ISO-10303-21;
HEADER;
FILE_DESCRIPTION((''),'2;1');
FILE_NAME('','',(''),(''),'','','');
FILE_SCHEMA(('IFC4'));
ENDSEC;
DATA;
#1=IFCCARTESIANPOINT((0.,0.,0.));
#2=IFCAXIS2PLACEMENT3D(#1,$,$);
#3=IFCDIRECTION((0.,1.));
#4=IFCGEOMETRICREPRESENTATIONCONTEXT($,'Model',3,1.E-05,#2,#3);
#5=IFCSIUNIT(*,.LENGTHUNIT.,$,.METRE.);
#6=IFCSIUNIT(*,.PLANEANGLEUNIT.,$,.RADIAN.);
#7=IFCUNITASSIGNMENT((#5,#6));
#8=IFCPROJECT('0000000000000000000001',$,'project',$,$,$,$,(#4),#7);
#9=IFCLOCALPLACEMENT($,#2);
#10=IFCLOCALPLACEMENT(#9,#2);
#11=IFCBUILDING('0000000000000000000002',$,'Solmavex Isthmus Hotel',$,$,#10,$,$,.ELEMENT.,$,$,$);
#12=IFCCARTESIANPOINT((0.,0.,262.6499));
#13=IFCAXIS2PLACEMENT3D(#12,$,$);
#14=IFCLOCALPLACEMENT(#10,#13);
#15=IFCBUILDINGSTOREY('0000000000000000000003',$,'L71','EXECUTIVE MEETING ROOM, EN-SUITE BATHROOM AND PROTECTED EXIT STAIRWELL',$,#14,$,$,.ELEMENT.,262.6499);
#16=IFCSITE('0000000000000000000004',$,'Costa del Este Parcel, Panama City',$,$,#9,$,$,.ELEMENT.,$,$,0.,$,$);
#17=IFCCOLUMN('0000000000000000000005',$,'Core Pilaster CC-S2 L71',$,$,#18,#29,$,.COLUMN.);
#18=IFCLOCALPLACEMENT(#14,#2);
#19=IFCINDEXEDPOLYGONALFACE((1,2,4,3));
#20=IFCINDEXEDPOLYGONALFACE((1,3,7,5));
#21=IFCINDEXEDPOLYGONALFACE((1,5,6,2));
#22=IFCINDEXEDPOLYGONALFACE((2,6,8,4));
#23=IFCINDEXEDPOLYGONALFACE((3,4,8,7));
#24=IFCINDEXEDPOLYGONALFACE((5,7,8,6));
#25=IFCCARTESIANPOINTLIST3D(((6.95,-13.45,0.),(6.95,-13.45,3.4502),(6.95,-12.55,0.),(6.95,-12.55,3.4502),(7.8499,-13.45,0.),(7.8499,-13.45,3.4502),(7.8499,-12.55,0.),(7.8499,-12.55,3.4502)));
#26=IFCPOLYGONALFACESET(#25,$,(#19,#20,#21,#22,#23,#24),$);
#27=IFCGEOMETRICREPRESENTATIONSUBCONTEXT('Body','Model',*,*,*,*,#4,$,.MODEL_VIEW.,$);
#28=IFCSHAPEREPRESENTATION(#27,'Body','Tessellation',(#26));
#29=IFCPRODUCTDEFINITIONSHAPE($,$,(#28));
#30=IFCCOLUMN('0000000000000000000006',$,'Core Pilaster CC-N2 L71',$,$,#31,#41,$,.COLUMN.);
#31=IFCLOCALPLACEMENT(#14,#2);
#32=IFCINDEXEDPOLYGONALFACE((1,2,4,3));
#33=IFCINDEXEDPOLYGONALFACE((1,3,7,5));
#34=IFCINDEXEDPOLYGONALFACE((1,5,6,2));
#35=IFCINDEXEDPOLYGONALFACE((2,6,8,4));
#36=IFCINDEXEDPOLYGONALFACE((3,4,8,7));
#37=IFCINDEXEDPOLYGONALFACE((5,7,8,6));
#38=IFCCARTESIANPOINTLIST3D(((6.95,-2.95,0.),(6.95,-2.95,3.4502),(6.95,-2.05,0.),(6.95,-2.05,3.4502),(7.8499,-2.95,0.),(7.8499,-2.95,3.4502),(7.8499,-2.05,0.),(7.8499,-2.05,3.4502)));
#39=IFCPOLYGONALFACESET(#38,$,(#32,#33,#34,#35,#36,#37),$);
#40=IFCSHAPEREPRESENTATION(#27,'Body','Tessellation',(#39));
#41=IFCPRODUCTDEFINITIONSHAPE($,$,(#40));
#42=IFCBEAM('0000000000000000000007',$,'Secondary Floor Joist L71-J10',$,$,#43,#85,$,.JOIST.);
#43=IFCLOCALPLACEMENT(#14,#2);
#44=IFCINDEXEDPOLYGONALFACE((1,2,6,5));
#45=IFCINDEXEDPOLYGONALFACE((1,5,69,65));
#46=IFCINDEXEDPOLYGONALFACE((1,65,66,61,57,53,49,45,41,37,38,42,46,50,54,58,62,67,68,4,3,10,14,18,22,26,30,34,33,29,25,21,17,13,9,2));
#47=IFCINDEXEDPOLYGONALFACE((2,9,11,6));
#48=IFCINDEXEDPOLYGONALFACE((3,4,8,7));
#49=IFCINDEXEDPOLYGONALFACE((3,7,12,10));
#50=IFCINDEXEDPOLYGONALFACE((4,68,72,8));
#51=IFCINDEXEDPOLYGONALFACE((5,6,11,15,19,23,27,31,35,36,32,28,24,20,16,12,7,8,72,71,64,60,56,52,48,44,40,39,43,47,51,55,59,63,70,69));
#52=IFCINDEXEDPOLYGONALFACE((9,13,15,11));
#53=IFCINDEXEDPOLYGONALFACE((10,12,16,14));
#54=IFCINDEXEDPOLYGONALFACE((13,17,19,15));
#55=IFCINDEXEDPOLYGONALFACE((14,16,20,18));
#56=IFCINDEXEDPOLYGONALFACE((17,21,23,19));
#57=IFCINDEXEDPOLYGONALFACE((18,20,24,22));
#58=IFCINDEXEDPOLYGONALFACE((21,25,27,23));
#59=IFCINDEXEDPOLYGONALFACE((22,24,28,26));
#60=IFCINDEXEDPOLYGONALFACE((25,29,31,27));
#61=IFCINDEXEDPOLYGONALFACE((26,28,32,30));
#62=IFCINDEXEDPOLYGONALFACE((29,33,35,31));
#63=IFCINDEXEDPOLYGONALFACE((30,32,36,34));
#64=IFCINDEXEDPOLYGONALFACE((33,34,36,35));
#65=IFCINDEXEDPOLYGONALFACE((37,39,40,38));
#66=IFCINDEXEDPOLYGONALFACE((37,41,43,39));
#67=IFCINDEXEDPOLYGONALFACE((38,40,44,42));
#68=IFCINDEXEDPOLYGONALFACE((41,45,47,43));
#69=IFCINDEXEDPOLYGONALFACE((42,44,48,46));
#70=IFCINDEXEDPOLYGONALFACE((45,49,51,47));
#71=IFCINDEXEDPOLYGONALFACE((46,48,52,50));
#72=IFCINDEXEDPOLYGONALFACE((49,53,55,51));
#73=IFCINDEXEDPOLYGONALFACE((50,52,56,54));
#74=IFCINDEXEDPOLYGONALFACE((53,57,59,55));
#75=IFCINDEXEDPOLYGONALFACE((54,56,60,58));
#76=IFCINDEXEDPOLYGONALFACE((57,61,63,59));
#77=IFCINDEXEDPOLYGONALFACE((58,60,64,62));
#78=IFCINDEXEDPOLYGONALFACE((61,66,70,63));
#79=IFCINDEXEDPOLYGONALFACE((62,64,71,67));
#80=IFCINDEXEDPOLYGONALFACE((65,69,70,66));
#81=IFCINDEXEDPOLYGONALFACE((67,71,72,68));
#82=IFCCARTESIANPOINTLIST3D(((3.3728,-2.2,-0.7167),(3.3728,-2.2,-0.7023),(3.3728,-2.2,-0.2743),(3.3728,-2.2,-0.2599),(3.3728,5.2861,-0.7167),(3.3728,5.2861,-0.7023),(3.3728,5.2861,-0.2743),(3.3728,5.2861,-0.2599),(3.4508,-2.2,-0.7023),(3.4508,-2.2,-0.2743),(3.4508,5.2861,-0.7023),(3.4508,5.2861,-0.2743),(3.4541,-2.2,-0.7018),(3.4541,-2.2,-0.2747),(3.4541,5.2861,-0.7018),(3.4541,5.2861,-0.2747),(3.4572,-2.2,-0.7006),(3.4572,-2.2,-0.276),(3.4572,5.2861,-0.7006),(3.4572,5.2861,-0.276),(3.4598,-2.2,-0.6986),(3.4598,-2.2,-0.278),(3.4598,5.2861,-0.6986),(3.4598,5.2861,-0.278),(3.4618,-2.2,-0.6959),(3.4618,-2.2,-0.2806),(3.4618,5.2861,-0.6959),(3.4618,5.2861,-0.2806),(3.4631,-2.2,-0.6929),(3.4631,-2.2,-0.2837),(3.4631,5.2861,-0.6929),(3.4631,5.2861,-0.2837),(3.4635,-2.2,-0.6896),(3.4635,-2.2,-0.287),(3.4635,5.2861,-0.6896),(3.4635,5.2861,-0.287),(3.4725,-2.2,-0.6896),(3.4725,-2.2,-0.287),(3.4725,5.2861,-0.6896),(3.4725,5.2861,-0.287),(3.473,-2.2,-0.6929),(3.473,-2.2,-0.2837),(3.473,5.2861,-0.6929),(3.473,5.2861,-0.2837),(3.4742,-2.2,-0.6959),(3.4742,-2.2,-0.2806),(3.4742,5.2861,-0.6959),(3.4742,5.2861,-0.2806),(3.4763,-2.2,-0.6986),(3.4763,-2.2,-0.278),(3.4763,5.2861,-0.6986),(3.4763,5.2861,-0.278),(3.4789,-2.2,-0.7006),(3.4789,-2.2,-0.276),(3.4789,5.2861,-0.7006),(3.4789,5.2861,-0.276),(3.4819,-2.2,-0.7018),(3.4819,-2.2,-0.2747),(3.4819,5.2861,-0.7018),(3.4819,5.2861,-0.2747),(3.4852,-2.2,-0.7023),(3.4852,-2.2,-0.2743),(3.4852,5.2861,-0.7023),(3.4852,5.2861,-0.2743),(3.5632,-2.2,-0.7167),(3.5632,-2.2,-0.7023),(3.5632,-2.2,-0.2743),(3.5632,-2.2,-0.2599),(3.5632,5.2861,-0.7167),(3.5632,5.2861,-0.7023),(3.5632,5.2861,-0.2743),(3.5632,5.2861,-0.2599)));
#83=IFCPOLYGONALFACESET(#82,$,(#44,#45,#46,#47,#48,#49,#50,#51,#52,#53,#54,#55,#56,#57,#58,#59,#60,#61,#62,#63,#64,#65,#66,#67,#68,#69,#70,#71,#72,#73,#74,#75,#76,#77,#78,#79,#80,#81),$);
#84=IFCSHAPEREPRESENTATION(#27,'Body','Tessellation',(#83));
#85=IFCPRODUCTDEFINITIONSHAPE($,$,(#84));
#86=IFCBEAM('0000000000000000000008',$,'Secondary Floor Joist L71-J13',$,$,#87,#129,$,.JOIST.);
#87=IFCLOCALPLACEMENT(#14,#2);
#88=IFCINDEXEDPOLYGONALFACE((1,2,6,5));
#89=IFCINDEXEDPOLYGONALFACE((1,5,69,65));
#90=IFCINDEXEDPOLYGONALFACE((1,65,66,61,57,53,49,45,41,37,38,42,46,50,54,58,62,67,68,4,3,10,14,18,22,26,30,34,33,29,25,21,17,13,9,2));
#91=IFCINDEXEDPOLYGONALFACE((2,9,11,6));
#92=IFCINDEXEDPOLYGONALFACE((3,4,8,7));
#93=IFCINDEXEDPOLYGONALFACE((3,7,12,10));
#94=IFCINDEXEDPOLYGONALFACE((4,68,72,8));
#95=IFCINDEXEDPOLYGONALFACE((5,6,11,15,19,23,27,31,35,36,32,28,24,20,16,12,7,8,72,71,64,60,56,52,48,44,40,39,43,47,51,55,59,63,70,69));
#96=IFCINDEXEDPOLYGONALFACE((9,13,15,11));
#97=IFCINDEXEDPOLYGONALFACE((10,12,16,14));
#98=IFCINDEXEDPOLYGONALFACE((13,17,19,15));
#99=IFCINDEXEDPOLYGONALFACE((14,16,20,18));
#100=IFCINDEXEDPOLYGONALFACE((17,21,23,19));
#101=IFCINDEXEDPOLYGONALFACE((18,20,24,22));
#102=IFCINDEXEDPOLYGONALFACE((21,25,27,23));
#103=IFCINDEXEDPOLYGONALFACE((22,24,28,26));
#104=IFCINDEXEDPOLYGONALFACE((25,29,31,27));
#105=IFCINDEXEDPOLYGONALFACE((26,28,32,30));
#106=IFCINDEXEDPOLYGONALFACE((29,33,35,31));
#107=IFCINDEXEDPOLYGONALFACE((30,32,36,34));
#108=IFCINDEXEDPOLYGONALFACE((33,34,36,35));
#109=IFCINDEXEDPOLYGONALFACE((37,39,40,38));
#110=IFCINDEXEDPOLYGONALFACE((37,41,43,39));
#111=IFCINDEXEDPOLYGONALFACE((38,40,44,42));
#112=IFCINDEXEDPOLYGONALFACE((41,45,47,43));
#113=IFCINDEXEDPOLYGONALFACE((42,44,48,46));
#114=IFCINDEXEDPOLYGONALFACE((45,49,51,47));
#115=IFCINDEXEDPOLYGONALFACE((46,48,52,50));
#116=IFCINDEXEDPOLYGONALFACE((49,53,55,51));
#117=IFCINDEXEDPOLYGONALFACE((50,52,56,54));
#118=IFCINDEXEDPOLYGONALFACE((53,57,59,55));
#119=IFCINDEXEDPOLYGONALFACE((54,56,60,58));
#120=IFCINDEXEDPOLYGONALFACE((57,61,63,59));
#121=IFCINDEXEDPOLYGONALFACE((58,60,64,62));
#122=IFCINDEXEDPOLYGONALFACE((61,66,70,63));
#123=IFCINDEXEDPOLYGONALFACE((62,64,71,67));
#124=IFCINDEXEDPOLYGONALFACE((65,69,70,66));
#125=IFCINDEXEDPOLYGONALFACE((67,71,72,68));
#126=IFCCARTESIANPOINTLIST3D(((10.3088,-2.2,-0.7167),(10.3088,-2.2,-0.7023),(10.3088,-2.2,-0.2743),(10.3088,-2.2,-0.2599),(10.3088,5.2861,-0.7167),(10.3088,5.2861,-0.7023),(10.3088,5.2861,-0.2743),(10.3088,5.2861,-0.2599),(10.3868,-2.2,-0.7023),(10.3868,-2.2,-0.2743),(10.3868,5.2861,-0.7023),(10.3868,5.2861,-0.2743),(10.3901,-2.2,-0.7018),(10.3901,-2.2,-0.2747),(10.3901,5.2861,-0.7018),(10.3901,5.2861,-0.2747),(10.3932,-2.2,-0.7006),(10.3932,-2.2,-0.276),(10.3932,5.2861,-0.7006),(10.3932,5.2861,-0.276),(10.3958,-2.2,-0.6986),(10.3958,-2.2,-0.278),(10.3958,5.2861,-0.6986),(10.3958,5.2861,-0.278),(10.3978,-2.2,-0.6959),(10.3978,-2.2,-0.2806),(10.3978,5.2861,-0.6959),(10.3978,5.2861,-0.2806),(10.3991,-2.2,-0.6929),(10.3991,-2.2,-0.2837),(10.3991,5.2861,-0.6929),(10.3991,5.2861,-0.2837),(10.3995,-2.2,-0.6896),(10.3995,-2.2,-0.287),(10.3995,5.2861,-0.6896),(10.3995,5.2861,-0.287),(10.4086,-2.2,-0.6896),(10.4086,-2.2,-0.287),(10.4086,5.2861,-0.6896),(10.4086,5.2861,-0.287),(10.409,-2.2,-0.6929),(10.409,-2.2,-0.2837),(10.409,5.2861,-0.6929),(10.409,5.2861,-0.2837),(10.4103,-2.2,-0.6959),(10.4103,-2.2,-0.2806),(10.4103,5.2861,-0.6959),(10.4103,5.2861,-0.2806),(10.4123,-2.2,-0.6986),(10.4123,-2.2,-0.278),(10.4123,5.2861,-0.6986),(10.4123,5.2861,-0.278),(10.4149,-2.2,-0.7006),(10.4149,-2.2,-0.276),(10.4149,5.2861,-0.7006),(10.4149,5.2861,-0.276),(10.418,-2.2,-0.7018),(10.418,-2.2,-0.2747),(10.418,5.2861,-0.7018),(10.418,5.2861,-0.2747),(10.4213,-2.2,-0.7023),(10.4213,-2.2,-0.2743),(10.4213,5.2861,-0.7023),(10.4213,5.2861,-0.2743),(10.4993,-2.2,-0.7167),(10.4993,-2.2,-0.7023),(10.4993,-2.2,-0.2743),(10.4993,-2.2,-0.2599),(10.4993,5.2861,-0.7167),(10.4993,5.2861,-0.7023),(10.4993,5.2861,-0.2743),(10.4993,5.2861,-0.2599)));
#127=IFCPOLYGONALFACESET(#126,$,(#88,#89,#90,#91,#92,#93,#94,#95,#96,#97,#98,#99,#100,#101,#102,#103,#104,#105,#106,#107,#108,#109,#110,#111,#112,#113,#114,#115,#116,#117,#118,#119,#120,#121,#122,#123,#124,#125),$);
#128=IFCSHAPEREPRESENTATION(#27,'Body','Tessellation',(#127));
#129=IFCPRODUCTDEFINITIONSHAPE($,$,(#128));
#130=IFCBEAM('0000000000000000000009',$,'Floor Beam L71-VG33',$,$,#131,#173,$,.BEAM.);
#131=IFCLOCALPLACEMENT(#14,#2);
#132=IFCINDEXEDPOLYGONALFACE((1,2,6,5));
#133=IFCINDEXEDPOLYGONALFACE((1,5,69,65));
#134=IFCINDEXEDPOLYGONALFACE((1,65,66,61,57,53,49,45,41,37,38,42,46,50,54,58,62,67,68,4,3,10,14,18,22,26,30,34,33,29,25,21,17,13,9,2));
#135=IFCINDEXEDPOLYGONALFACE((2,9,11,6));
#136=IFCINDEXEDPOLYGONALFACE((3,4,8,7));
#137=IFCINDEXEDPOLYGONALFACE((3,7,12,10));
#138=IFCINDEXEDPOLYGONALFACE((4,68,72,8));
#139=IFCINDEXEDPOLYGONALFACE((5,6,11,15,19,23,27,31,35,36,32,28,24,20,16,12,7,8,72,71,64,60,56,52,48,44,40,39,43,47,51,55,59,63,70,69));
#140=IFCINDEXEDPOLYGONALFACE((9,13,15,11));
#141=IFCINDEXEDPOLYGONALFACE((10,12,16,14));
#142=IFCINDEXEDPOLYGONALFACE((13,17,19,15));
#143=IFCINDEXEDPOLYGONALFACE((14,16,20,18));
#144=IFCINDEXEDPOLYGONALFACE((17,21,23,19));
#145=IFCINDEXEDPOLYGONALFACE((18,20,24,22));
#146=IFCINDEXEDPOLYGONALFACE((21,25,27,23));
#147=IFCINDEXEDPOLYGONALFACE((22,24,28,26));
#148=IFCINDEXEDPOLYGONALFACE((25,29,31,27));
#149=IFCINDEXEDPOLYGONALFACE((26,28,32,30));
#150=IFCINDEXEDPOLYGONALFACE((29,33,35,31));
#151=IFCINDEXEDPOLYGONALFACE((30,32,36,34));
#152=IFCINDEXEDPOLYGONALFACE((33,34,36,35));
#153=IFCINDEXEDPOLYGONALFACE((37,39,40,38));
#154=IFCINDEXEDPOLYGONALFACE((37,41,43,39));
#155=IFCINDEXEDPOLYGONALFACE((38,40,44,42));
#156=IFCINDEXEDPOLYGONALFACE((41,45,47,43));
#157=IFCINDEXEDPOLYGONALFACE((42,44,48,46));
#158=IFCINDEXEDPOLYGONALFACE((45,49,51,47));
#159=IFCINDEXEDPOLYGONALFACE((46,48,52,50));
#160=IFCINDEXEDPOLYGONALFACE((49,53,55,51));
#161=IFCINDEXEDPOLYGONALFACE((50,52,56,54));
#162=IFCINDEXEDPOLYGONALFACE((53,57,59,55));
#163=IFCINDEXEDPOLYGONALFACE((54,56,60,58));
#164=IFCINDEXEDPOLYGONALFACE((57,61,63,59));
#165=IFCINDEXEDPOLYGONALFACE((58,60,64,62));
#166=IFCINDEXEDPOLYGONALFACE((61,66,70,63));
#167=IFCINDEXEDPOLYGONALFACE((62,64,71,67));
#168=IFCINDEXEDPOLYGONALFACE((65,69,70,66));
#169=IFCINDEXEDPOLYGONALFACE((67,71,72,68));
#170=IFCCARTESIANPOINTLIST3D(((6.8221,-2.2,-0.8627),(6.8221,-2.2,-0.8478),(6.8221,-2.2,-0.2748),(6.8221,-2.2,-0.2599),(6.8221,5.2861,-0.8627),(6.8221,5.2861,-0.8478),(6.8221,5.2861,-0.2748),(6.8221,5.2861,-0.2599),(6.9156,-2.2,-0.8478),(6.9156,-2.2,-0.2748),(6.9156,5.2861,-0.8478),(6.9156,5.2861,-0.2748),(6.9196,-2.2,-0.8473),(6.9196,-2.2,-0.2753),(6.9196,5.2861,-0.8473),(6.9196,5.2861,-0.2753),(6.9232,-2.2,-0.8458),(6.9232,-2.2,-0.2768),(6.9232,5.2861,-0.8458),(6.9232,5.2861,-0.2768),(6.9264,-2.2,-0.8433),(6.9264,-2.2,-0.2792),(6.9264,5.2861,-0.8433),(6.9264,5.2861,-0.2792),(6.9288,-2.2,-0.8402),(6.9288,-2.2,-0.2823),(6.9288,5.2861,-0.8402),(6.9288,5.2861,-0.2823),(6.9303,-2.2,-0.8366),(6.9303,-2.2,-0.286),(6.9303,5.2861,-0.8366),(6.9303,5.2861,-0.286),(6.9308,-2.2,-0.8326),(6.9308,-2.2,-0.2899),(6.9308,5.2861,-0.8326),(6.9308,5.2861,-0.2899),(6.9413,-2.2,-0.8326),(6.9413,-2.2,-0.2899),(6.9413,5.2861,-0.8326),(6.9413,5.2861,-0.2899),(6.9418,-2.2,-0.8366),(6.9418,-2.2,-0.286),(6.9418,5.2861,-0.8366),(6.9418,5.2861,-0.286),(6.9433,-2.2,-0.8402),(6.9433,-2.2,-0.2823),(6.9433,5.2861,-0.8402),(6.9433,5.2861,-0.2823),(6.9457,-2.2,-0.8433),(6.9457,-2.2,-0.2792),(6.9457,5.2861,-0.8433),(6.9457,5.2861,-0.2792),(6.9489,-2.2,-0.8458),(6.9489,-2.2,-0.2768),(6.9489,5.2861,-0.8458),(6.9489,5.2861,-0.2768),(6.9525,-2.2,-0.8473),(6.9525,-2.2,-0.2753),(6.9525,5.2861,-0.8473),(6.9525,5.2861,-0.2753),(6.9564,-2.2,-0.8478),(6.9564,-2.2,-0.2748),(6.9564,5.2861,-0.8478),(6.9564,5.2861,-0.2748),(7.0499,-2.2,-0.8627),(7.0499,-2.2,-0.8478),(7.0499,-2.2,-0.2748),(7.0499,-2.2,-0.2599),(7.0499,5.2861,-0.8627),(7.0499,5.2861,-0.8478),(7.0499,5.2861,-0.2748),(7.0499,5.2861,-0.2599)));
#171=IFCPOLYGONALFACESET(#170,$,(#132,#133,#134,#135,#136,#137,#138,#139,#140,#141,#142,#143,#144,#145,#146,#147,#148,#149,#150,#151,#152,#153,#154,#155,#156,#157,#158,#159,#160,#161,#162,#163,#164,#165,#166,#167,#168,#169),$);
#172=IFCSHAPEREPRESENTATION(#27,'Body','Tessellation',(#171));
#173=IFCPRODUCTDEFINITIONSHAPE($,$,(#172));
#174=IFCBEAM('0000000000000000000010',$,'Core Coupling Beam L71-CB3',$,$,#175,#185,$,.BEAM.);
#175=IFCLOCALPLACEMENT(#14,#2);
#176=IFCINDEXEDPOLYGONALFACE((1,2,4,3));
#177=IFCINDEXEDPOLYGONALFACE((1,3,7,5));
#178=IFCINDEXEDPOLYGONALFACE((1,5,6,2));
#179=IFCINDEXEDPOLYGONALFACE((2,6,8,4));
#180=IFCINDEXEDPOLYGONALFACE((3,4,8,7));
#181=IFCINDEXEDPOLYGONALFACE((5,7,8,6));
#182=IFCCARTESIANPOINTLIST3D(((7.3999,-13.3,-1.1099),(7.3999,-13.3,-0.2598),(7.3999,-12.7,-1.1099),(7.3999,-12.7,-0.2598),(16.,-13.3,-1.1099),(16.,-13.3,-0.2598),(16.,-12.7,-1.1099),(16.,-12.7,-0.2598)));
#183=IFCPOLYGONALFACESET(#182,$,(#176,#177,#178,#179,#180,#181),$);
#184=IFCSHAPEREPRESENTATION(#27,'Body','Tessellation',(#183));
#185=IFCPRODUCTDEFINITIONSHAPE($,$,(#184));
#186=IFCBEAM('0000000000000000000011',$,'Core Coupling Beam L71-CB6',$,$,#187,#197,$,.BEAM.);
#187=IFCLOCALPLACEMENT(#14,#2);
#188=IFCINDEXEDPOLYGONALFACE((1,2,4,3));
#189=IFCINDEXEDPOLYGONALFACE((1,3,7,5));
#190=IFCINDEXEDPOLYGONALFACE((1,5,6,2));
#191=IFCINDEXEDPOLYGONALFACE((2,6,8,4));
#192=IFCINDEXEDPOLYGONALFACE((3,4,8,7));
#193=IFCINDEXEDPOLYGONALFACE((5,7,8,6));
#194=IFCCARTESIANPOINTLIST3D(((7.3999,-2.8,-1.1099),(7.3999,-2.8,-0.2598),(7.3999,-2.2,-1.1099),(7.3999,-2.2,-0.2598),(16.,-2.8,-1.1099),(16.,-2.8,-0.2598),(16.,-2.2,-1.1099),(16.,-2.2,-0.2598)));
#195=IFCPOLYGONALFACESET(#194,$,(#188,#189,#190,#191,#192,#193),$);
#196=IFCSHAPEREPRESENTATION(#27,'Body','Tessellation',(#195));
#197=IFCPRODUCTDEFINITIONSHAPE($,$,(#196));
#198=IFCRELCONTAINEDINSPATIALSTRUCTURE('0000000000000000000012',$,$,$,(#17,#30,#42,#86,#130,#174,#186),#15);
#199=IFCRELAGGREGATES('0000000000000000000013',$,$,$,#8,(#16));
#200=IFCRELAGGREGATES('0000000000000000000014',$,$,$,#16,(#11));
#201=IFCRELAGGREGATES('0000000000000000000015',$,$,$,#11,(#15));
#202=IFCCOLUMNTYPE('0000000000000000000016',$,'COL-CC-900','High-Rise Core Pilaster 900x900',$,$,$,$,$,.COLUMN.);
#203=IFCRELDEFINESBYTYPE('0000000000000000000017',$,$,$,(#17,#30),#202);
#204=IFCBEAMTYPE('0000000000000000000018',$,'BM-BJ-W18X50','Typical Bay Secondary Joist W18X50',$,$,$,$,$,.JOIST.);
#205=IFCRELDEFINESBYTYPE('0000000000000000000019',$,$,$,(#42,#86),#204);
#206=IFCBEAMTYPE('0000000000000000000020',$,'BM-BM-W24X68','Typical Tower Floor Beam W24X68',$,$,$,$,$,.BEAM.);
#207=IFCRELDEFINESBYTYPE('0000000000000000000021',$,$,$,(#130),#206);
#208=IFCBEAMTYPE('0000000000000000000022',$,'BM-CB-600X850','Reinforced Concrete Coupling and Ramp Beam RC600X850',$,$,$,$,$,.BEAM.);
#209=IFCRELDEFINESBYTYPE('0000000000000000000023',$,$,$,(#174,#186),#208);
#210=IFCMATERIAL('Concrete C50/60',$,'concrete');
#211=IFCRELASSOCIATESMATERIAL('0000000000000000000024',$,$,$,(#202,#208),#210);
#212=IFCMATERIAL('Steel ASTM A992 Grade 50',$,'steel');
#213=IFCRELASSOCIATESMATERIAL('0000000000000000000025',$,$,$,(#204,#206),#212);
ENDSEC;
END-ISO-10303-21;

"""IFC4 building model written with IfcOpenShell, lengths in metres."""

from ifc_helpers import new_model, si_unit, direction, frame, origin, origin_2d, place, context, subcontext, project, spatial, rectangle, i_section, extrude, material, material_profile, profile_set, type_object, element, save


model = new_model("IFC4")

# Units and contexts
model_context = context("Model", 3, precision=1e-05, world=origin(), true_north=direction((0.0, 1.0)))
body_context = subcontext(model_context, "Body", "Model", "MODEL_VIEW")
ifc_project = project(units=[si_unit("LENGTHUNIT", "METRE"), si_unit("PLANEANGLEUNIT", "RADIAN")], contexts=[model_context])

# Site, building, storey
site_placement = place(None, origin())
site = spatial("IfcSite", under=ifc_project, at=site_placement, Name="Costa del Este Parcel, Panama City", CompositionType="ELEMENT", RefElevation=0.0)
building_placement = place(site_placement, origin())
building = spatial("IfcBuilding", under=site, at=building_placement, Name="Solmavex Isthmus Hotel", CompositionType="ELEMENT")
storey_placement = place(building_placement, frame((0.0, 0.0, 262.6499)))
storey = spatial("IfcBuildingStorey", under=building, at=storey_placement, Name="L71", Description="EXECUTIVE MEETING ROOM, EN-SUITE BATHROOM AND PROTECTED EXIT STAIRWELL", CompositionType="ELEMENT", Elevation=262.6499)

# Columns
ifc_material_1 = material(Name="Concrete C50/60", Category="concrete")
ifc_material_profile_1 = material_profile(ifc_material_1, rectangle(XDim=0.8999, YDim=0.8999, at=origin_2d()), Name="RC900X900")
ifc_profile_set_1 = profile_set([ifc_material_profile_1], Name="Concrete C50/60")
column_type = type_object("IfcColumnType", Name="COL-CC-900", Description="High-Rise Core Pilaster 900x900", PredefinedType="COLUMN", material=ifc_profile_set_1)
for number, where, z_axis, x_axis, name in (
    (1, (7.3999, -13.0, 0.0), (0.0, 0.0, 1.0), (1.0, 0.0, 0.0), "Core Pilaster CC-S2 L71"),
    (2, (7.3999, -2.5, 0.0), (0.0, 0.0, 1.0), (1.0, 0.0, 0.0), "Core Pilaster CC-N2 L71"),
):
    element("IfcColumn", number, at=place(storey_placement, frame(where, z_axis=z_axis, x_axis=x_axis)), inside=storey, type_object=column_type, Name=name, PredefinedType="COLUMN", context=body_context, shape_type="SweptSolid", body=[
        extrude(rectangle(XDim=0.8999, YDim=0.8999, at=origin_2d()), origin(), (0.0, 0.0, 1.0), 3.4502),
    ])

# Beams
ifc_material_2 = material(Name="Steel ASTM A992 Grade 50", Category="steel")
ifc_material_profile_2 = material_profile(ifc_material_2, i_section(OverallWidth=0.1904, OverallDepth=0.4568, WebThickness=0.009, FlangeThickness=0.0144, FilletRadius=0.0127, at=origin_2d()), Name="W18X50")
ifc_profile_set_2 = profile_set([ifc_material_profile_2], Name="Steel ASTM A992 Grade 50")
beam_type_1 = type_object("IfcBeamType", Name="BM-BJ-W18X50", Description="Typical Bay Secondary Joist W18X50", PredefinedType="JOIST", material=ifc_profile_set_2)
for number, where, z_axis, x_axis, name in (
    (3, (3.468, -2.2, -0.4883), (0.0, 1.0, 0.0), (-1.0, 0.0, 0.0), "Secondary Floor Joist L71-J10"),
    (4, (10.4041, -2.2, -0.4883), (0.0, 1.0, 0.0), (-1.0, 0.0, 0.0), "Secondary Floor Joist L71-J13"),
):
    element("IfcBeam", number, at=place(storey_placement, frame(where, z_axis=z_axis, x_axis=x_axis)), inside=storey, type_object=beam_type_1, Name=name, PredefinedType="JOIST", context=body_context, shape_type="SweptSolid", body=[
        extrude(i_section(OverallWidth=0.1904, OverallDepth=0.4568, WebThickness=0.009, FlangeThickness=0.0144, FilletRadius=0.0127, at=origin_2d()), origin(), (0.0, 0.0, 1.0), 7.4861),
    ])
ifc_material_profile_3 = material_profile(ifc_material_2, i_section(OverallWidth=0.2278, OverallDepth=0.6028, WebThickness=0.0105, FlangeThickness=0.0149, FilletRadius=0.0151, at=origin_2d()), Name="W24X68")
ifc_profile_set_3 = profile_set([ifc_material_profile_3], Name="Steel ASTM A992 Grade 50")
beam_type_2 = type_object("IfcBeamType", Name="BM-BM-W24X68", Description="Typical Tower Floor Beam W24X68", PredefinedType="BEAM", material=ifc_profile_set_3)
beam_placement = place(storey_placement, frame((6.936, -2.2, -0.5613), z_axis=(0.0, 1.0, 0.0), x_axis=(-1.0, 0.0, 0.0)))
element("IfcBeam", 5, at=beam_placement, inside=storey, type_object=beam_type_2, Name="Floor Beam L71-VG33", PredefinedType="BEAM", context=body_context, shape_type="SweptSolid", body=[
    extrude(i_section(OverallWidth=0.2278, OverallDepth=0.6028, WebThickness=0.0105, FlangeThickness=0.0149, FilletRadius=0.0151, at=origin_2d()), origin(), (0.0, 0.0, 1.0), 7.4861),
])
ifc_material_profile_4 = material_profile(ifc_material_1, rectangle(XDim=0.6001, YDim=0.8501, at=origin_2d()), Name="RC600X850")
ifc_profile_set_4 = profile_set([ifc_material_profile_4], Name="Concrete C50/60")
beam_type_3 = type_object("IfcBeamType", Name="BM-CB-600X850", Description="Reinforced Concrete Coupling and Ramp Beam RC600X850", PredefinedType="BEAM", material=ifc_profile_set_4)
for number, where, z_axis, x_axis, name in (
    (6, (7.3999, -13.0, -0.6848), (1.0, 0.0, 0.0), (0.0, 1.0, 0.0), "Core Coupling Beam L71-CB3"),
    (7, (7.3999, -2.5, -0.6848), (1.0, 0.0, 0.0), (0.0, 1.0, 0.0), "Core Coupling Beam L71-CB6"),
):
    element("IfcBeam", number, at=place(storey_placement, frame(where, z_axis=z_axis, x_axis=x_axis)), inside=storey, type_object=beam_type_3, Name=name, PredefinedType="BEAM", context=body_context, shape_type="SweptSolid", body=[
        extrude(rectangle(XDim=0.6001, YDim=0.8501, at=origin_2d()), origin(), (0.0, 0.0, 1.0), 8.6001),
    ])

save(model, "model.ifc")
